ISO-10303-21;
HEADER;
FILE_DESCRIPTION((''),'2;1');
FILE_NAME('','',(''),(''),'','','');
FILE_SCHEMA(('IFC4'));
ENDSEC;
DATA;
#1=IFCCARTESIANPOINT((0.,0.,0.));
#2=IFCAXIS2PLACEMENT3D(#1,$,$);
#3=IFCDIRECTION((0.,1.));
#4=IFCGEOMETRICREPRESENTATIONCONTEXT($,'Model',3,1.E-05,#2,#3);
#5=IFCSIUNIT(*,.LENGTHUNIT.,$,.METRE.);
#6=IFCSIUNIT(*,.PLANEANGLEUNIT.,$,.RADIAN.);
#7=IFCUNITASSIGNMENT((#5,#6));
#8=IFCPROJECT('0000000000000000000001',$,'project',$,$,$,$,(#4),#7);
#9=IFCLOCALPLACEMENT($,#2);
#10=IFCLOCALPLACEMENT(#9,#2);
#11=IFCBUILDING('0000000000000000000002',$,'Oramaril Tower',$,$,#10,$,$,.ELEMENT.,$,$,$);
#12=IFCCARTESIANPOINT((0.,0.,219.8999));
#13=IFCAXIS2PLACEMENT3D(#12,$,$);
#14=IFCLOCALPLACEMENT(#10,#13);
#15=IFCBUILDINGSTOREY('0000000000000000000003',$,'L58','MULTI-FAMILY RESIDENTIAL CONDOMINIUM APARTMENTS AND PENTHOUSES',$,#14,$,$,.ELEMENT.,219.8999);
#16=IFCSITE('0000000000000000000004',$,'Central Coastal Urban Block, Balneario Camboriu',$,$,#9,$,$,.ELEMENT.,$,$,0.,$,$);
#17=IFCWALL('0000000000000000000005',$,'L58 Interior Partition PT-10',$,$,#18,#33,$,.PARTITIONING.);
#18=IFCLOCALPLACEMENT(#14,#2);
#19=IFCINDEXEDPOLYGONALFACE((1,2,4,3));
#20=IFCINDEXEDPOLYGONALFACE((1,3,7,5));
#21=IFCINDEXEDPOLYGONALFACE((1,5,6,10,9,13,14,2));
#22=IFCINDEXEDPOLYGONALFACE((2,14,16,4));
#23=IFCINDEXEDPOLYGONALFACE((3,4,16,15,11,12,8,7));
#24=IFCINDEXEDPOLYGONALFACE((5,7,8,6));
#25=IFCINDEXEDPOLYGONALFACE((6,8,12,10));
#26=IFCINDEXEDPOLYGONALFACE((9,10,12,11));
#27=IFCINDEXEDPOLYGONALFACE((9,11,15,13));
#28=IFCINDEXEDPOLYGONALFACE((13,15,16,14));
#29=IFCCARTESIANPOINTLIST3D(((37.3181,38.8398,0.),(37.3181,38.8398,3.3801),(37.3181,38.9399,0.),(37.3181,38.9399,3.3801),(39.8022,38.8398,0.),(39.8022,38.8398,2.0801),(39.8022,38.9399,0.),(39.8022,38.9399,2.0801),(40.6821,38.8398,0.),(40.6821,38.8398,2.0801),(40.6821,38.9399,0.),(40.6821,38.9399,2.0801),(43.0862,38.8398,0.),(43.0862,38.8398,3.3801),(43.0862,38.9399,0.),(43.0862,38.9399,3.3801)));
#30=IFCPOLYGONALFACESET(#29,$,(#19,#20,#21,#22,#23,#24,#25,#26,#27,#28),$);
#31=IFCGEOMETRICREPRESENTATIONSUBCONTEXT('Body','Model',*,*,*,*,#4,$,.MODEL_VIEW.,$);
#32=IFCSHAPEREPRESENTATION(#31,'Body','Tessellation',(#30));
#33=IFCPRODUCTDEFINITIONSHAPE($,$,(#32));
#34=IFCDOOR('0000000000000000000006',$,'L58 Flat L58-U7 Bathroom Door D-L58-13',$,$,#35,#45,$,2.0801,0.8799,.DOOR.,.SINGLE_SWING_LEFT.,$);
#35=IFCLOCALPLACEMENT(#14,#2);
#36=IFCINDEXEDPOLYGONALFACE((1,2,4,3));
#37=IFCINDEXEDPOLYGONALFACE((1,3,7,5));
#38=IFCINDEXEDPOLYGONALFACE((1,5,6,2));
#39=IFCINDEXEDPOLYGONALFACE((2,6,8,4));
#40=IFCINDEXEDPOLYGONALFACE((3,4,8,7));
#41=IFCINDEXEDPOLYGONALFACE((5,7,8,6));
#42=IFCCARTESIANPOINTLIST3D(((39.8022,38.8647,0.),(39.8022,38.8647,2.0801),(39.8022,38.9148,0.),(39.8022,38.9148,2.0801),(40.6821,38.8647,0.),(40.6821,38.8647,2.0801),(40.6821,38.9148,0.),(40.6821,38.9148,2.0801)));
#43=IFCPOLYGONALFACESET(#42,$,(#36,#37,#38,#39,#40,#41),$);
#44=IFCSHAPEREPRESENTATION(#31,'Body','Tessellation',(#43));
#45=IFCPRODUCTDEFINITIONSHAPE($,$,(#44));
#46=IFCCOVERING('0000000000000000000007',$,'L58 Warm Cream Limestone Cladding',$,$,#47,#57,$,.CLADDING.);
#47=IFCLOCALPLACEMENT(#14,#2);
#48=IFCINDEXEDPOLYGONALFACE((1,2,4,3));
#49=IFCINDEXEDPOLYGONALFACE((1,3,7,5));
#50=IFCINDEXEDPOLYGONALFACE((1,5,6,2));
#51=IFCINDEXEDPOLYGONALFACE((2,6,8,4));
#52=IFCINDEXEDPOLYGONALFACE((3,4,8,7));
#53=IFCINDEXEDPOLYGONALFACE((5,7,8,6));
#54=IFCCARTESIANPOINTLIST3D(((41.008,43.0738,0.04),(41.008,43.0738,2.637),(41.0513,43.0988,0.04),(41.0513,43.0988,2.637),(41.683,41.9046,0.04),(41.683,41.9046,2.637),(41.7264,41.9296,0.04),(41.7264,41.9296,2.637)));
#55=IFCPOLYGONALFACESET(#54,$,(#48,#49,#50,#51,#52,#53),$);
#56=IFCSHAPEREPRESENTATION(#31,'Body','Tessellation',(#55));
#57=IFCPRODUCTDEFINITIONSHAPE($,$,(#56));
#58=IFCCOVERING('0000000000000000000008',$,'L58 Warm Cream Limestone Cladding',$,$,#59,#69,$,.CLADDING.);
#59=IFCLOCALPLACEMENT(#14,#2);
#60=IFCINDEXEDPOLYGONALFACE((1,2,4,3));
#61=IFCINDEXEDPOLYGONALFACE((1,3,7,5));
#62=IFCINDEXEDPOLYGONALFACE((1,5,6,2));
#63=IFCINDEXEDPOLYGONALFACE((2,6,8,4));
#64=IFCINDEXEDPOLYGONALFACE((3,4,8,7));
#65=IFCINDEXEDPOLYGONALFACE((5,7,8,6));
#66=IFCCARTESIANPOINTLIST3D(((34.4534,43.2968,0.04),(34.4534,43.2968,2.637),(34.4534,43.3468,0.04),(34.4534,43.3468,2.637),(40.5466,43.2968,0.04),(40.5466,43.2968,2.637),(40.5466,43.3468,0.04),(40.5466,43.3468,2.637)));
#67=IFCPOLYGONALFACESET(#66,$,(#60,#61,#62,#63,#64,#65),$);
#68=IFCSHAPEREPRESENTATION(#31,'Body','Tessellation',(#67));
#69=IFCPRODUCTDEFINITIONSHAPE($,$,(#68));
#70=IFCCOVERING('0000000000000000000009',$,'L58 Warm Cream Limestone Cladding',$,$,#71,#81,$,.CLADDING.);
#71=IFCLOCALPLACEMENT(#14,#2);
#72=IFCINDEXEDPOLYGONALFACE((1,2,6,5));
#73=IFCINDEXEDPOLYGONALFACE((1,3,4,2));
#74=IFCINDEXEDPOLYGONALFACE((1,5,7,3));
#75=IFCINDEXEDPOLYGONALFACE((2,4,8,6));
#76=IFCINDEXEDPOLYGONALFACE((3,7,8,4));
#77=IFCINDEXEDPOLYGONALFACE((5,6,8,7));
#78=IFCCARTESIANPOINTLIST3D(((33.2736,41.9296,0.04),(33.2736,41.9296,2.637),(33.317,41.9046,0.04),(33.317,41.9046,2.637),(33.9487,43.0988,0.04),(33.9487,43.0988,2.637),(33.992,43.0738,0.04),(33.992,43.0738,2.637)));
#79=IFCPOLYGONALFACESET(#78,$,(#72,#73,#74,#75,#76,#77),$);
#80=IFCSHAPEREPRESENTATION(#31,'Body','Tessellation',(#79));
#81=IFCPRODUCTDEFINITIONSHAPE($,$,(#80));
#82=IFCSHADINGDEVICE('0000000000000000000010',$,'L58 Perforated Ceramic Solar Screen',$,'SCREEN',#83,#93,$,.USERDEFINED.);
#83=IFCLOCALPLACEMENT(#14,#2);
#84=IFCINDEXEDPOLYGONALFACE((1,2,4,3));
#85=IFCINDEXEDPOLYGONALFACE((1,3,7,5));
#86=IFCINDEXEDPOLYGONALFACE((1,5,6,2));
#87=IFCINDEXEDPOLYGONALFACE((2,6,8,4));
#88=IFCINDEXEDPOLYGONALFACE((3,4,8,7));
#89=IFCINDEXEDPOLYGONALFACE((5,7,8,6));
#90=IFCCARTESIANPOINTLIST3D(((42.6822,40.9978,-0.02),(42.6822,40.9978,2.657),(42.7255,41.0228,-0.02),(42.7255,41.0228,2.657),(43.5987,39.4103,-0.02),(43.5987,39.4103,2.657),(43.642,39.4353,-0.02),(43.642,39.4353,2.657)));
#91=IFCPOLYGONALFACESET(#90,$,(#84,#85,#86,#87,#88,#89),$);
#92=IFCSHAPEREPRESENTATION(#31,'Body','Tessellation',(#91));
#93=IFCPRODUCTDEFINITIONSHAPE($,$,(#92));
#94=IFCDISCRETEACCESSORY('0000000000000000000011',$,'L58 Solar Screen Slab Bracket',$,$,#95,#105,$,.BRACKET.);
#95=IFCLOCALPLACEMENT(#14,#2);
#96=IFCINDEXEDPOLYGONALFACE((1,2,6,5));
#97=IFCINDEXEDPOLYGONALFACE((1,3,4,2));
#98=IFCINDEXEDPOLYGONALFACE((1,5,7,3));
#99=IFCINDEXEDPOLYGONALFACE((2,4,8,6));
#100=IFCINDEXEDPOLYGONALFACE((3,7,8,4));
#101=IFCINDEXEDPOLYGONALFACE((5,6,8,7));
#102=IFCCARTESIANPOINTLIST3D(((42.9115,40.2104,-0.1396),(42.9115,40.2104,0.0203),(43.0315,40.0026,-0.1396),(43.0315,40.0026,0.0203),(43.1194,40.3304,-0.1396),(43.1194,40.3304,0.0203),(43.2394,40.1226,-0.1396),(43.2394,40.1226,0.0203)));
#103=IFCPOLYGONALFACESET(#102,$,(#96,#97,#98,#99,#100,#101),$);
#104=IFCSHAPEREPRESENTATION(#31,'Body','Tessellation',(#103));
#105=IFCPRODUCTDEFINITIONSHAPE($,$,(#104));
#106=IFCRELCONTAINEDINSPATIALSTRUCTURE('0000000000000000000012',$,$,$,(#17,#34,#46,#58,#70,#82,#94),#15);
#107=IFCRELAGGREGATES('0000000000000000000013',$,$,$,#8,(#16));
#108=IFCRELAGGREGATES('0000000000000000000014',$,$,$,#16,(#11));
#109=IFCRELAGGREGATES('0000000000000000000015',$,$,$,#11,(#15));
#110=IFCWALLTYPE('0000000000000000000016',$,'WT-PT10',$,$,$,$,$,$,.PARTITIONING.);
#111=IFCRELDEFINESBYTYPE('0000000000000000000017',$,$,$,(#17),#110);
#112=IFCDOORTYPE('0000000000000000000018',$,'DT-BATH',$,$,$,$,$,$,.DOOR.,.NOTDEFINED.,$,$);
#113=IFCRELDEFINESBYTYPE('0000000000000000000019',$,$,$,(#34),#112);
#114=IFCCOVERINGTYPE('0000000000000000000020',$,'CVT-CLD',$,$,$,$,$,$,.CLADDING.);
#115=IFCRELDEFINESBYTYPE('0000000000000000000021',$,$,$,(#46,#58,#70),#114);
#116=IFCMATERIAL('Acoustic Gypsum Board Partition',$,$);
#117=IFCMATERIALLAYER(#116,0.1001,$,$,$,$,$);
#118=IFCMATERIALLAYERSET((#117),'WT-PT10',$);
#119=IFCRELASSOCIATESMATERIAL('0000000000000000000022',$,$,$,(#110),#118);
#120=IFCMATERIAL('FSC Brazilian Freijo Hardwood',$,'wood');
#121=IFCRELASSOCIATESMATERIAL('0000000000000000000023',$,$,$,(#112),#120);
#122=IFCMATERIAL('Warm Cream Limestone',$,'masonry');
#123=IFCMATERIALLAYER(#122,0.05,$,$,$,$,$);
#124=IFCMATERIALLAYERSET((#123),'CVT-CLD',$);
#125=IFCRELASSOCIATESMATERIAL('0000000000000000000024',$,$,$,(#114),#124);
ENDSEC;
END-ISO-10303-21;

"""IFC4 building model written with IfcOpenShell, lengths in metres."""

from ifc_helpers import new_model, si_unit, direction, frame, frame_2d, origin, origin_2d, place, context, subcontext, project, spatial, rectangle, extrude, material, layer, layer_set, type_object, element, fill, save


model = new_model("IFC4")

# Units and contexts
model_context = context("Model", 3, precision=1e-05, world=origin(), true_north=direction((0.0, 1.0)))
body_context = subcontext(model_context, "Body", "Model", "MODEL_VIEW")
ifc_project = project(units=[si_unit("LENGTHUNIT", "METRE"), si_unit("PLANEANGLEUNIT", "RADIAN")], contexts=[model_context])

# Site, building, storey
site_placement = place(None, origin())
site = spatial("IfcSite", under=ifc_project, at=site_placement, Name="Central Coastal Urban Block, Balneario Camboriu", CompositionType="ELEMENT", RefElevation=0.0)
building_placement = place(site_placement, origin())
building = spatial("IfcBuilding", under=site, at=building_placement, Name="Oramaril Tower", CompositionType="ELEMENT")
storey_placement = place(building_placement, frame((0.0, 0.0, 219.8999)))
storey = spatial("IfcBuildingStorey", under=building, at=storey_placement, Name="L58", Description="MULTI-FAMILY RESIDENTIAL CONDOMINIUM APARTMENTS AND PENTHOUSES", CompositionType="ELEMENT", Elevation=219.8999)

# Wall, opening, door
ifc_material_1 = material(Name="Acoustic Gypsum Board Partition")
ifc_layer_1 = layer(ifc_material_1, 0.1001)
ifc_layer_set_1 = layer_set([ifc_layer_1], Name="WT-PT10")
wall_type_1 = type_object("IfcWallType", Name="WT-PT10", PredefinedType="PARTITIONING", material=ifc_layer_set_1)
wall_1_placement = place(storey_placement, frame((37.3181, 38.8899, 0.0), z_axis=(0.0, 0.0, 1.0), x_axis=(1.0, 0.0, 0.0)))
wall_1 = element("IfcWall", 1, at=wall_1_placement, inside=storey, type_object=wall_type_1, Name="L58 Interior Partition PT-10", PredefinedType="PARTITIONING", context=body_context, shape_type="SweptSolid", body=[
    extrude(rectangle(XDim=5.7681, YDim=0.1001, at=frame_2d((2.884, 0.0))), origin(), (0.0, 0.0, 1.0), 3.3801),
])
opening_1_placement = place(wall_1_placement, frame((2.4841, 0.0, 0.0)))
opening_1 = element("IfcOpeningElement", 2, at=opening_1_placement, cuts=wall_1, PredefinedType="OPENING", context=body_context, shape_type="SweptSolid", body=[
    extrude(rectangle(XDim=0.8799, YDim=2.0801, at=frame_2d((0.4399, 1.04))), frame((0.0, 0.05, 0.0), z_axis=(0.0, -1.0, 0.0), x_axis=(1.0, 0.0, 0.0)), (0.0, 0.0, 1.0), 0.1001),
])
ifc_material_2 = material(Name="FSC Brazilian Freijo Hardwood", Category="wood")
door_type_1 = type_object("IfcDoorType", Name="DT-BATH", OperationType="NOTDEFINED", PredefinedType="DOOR", material=ifc_material_2)
door_1_placement = place(opening_1_placement, origin())
door_1 = element("IfcDoor", 3, at=door_1_placement, inside=storey, type_object=door_type_1, Name="L58 Flat L58-U7 Bathroom Door D-L58-13", OperationType="SINGLE_SWING_LEFT", OverallHeight=2.0801, OverallWidth=0.8799, PredefinedType="DOOR", context=body_context, shape_type="SweptSolid", body=[
    extrude(rectangle(XDim=0.8799, YDim=2.0801, at=frame_2d((0.4399, 1.04))), frame((0.0, 0.0249, 0.0), z_axis=(0.0, -1.0, 0.0), x_axis=(1.0, 0.0, 0.0)), (0.0, 0.0, 1.0), 0.05),
])
fill(opening_1, door_1)

# Coverings
ifc_material_3 = material(Name="Warm Cream Limestone", Category="masonry")
ifc_layer_2 = layer(ifc_material_3, 0.05)
ifc_layer_set_2 = layer_set([ifc_layer_2], Name="CVT-CLD")
covering_type = type_object("IfcCoveringType", Name="CVT-CLD", PredefinedType="CLADDING", material=ifc_layer_set_2)
covering_1_placement = place(storey_placement, frame((41.3672, 42.5017, 0.04), z_axis=(0.0, 0.0, 1.0), x_axis=(-0.499998, 0.866026, 0.0)))
element("IfcCovering", 4, at=covering_1_placement, inside=storey, type_object=covering_type, Name="L58 Warm Cream Limestone Cladding", PredefinedType="CLADDING", context=body_context, shape_type="SweptSolid", body=[
    extrude(rectangle(XDim=1.3501, YDim=0.05, at=origin_2d()), origin(), (0.0, 0.0, 1.0), 2.5969),
])
covering_2_placement = place(storey_placement, frame((37.5, 43.3218, 0.04), z_axis=(0.0, 0.0, 1.0), x_axis=(-1.0, 0.0, 0.0)))
element("IfcCovering", 5, at=covering_2_placement, inside=storey, type_object=covering_type, Name="L58 Warm Cream Limestone Cladding", PredefinedType="CLADDING", context=body_context, shape_type="SweptSolid", body=[
    extrude(rectangle(XDim=6.0933, YDim=0.05, at=origin_2d()), origin(), (0.0, 0.0, 1.0), 2.5969),
])
covering_3_placement = place(storey_placement, frame((33.6328, 42.5017, 0.04), z_axis=(0.0, 0.0, 1.0), x_axis=(-0.499998, -0.866026, 0.0)))
element("IfcCovering", 6, at=covering_3_placement, inside=storey, type_object=covering_type, Name="L58 Warm Cream Limestone Cladding", PredefinedType="CLADDING", context=body_context, shape_type="SweptSolid", body=[
    extrude(rectangle(XDim=1.3501, YDim=0.05, at=origin_2d()), origin(), (0.0, 0.0, 1.0), 2.5969),
])

# Shading device
shading_device_placement = place(storey_placement, frame((43.1621, 40.2166, -0.02), z_axis=(0.0, 0.0, 1.0), x_axis=(-0.499998, 0.866026, 0.0)))
element("IfcShadingDevice", 7, at=shading_device_placement, inside=storey, Name="L58 Perforated Ceramic Solar Screen", ObjectType="SCREEN", PredefinedType="USERDEFINED", context=body_context, shape_type="SweptSolid", body=[
    extrude(rectangle(XDim=1.833, YDim=0.05, at=origin_2d()), origin(), (0.0, 0.0, 1.0), 2.677),
])

# Discrete accessory
discrete_accessory_placement = place(storey_placement, frame((43.0754, 40.1665, -0.1396), z_axis=(0.0, 0.0, 1.0), x_axis=(-0.499998, 0.866026, 0.0)))
element("IfcDiscreteAccessory", 8, at=discrete_accessory_placement, inside=storey, Name="L58 Solar Screen Slab Bracket", PredefinedType="BRACKET", context=body_context, shape_type="SweptSolid", body=[
    extrude(rectangle(XDim=0.24, YDim=0.24, at=origin_2d()), origin(), (0.0, 0.0, 1.0), 0.1599),
])

save(model, "model.ifc")
